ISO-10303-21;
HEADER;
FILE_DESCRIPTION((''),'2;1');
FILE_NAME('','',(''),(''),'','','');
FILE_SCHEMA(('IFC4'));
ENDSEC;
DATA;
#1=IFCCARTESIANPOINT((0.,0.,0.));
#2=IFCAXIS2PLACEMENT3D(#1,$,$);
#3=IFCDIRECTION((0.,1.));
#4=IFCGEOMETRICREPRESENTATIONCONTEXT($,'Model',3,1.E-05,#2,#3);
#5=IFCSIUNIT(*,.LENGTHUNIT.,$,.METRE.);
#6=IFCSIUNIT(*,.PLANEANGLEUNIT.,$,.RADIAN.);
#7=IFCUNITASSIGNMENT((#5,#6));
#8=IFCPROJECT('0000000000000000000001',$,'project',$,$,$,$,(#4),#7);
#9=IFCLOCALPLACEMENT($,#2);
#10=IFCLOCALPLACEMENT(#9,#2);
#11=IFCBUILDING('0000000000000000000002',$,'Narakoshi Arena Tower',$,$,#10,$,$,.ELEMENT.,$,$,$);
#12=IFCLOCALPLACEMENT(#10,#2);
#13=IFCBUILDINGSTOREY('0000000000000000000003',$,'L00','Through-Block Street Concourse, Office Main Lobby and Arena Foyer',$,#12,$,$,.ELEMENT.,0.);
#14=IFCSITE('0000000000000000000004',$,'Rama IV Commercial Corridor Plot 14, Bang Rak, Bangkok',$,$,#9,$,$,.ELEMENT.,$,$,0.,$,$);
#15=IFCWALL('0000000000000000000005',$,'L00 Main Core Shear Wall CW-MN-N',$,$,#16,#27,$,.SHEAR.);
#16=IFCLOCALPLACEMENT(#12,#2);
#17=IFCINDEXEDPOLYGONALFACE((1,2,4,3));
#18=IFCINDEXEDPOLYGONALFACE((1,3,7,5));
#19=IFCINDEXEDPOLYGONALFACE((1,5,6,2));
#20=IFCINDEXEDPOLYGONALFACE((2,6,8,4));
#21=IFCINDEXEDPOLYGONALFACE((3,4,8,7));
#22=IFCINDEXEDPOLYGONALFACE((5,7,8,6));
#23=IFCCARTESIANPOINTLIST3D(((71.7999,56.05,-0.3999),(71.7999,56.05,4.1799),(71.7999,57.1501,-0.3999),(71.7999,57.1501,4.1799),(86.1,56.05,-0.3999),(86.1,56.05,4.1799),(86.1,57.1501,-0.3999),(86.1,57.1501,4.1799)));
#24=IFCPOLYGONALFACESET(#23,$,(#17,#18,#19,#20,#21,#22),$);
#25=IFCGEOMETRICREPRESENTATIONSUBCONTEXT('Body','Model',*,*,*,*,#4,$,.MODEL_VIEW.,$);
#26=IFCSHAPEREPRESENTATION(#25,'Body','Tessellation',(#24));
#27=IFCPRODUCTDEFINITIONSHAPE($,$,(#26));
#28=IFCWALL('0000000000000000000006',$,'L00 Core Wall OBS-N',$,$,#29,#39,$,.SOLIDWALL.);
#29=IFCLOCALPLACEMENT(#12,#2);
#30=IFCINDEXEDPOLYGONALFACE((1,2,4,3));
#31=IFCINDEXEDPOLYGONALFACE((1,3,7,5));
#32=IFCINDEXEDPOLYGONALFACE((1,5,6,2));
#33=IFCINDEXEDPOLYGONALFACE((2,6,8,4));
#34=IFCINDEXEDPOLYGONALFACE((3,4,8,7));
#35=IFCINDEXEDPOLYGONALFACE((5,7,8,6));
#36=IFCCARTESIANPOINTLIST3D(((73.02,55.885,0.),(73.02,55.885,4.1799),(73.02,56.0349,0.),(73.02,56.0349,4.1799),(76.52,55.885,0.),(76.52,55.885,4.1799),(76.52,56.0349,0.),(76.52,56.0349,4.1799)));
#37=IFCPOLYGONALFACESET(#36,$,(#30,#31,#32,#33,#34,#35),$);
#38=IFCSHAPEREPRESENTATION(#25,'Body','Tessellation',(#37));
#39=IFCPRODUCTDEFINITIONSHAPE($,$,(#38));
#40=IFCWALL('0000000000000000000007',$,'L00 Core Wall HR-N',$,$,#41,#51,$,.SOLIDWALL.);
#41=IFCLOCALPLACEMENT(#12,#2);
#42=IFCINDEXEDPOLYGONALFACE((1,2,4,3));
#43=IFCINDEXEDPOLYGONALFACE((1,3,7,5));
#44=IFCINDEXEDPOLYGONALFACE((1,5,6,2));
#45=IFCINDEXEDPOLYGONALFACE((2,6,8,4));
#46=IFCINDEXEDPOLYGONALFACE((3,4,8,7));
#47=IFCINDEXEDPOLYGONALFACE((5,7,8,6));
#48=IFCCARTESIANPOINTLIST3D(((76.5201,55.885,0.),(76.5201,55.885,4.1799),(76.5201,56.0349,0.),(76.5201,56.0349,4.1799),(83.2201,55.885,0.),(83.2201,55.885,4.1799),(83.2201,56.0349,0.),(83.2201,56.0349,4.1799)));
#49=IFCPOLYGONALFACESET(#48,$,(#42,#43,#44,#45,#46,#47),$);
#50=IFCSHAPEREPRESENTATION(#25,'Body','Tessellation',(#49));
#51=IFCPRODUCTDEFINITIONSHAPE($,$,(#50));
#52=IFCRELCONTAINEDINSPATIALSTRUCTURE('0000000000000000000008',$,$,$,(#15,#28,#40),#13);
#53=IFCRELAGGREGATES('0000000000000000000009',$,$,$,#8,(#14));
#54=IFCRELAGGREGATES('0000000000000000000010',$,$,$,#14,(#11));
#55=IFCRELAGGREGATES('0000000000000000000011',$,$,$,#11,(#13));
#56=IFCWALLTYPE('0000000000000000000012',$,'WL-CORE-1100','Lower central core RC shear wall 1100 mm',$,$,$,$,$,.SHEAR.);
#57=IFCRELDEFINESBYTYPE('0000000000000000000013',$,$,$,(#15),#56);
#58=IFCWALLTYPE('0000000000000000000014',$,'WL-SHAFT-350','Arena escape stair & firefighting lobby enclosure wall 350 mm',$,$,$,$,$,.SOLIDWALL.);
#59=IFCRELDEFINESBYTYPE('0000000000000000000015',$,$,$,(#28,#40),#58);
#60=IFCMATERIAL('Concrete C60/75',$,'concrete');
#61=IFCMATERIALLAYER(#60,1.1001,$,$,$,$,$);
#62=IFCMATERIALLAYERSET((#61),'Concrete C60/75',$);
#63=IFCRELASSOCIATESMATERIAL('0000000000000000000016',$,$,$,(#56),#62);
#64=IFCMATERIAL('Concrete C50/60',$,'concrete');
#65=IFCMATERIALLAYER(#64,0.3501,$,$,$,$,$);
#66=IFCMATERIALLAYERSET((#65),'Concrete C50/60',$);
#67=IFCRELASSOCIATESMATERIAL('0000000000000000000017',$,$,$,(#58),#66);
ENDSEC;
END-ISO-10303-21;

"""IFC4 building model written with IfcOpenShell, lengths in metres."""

from ifc_helpers import new_model, si_unit, direction, frame, frame_2d, origin, place, context, subcontext, project, spatial, rectangle, extrude, material, layer, layer_set, type_object, element, save


model = new_model("IFC4")

# Units and contexts
model_context = context("Model", 3, precision=1e-05, world=origin(), true_north=direction((0.0, 1.0)))
body_context = subcontext(model_context, "Body", "Model", "MODEL_VIEW")
ifc_project = project(units=[si_unit("LENGTHUNIT", "METRE"), si_unit("PLANEANGLEUNIT", "RADIAN")], contexts=[model_context])

# Site, building, storey
site_placement = place(None, origin())
site = spatial("IfcSite", under=ifc_project, at=site_placement, Name="Rama IV Commercial Corridor Plot 14, Bang Rak, Bangkok", CompositionType="ELEMENT", RefElevation=0.0)
building_placement = place(site_placement, origin())
building = spatial("IfcBuilding", under=site, at=building_placement, Name="Narakoshi Arena Tower", CompositionType="ELEMENT")
storey_placement = place(building_placement, origin())
storey = spatial("IfcBuildingStorey", under=building, at=storey_placement, Name="L00", Description="Through-Block Street Concourse, Office Main Lobby and Arena Foyer", CompositionType="ELEMENT", Elevation=0.0)

# Shared definitions
ifc_material_1 = material(Name="Concrete C60/75", Category="concrete")

# Walls
ifc_layer_1 = layer(ifc_material_1, 1.1001)
ifc_layer_set_1 = layer_set([ifc_layer_1], Name="Concrete C60/75")
wall_type_1 = type_object("IfcWallType", Name="WL-CORE-1100", Description="Lower central core RC shear wall 1100 mm", PredefinedType="SHEAR", material=ifc_layer_set_1)
wall_1_placement = place(storey_placement, frame((71.8, 56.6001, -0.3999), z_axis=(0.0, 0.0, 1.0), x_axis=(1.0, 0.0, 0.0)))
element("IfcWall", 1, at=wall_1_placement, inside=storey, type_object=wall_type_1, Name="L00 Main Core Shear Wall CW-MN-N", PredefinedType="SHEAR", context=body_context, shape_type="SweptSolid", body=[
    extrude(rectangle(XDim=14.3, YDim=1.1001, at=frame_2d((7.1499, 0.0))), origin(), (0.0, 0.0, 1.0), 4.5798),
])
ifc_material_2 = material(Name="Concrete C50/60", Category="concrete")
ifc_layer_2 = layer(ifc_material_2, 0.3501)
ifc_layer_set_2 = layer_set([ifc_layer_2], Name="Concrete C50/60")
wall_type_2 = type_object("IfcWallType", Name="WL-SHAFT-350", Description="Arena escape stair & firefighting lobby enclosure wall 350 mm", PredefinedType="SOLIDWALL", material=ifc_layer_set_2)
wall_2_placement = place(storey_placement, frame((73.02, 55.96, 0.0), z_axis=(0.0, 0.0, 1.0), x_axis=(1.0, 0.0, 0.0)))
element("IfcWall", 2, at=wall_2_placement, inside=storey, type_object=wall_type_2, Name="L00 Core Wall OBS-N", PredefinedType="SOLIDWALL", context=body_context, shape_type="SweptSolid", body=[
    extrude(rectangle(XDim=3.5, YDim=0.1499, at=frame_2d((1.75, 0.0))), origin(), (0.0, 0.0, 1.0), 4.1799),
])
wall_3_placement = place(storey_placement, frame((76.52, 55.96, 0.0), z_axis=(0.0, 0.0, 1.0), x_axis=(1.0, 0.0, 0.0)))
element("IfcWall", 3, at=wall_3_placement, inside=storey, type_object=wall_type_2, Name="L00 Core Wall HR-N", PredefinedType="SOLIDWALL", context=body_context, shape_type="SweptSolid", body=[
    extrude(rectangle(XDim=6.7, YDim=0.1499, at=frame_2d((3.3501, 0.0))), origin(), (0.0, 0.0, 1.0), 4.1799),
])

save(model, "model.ifc")
